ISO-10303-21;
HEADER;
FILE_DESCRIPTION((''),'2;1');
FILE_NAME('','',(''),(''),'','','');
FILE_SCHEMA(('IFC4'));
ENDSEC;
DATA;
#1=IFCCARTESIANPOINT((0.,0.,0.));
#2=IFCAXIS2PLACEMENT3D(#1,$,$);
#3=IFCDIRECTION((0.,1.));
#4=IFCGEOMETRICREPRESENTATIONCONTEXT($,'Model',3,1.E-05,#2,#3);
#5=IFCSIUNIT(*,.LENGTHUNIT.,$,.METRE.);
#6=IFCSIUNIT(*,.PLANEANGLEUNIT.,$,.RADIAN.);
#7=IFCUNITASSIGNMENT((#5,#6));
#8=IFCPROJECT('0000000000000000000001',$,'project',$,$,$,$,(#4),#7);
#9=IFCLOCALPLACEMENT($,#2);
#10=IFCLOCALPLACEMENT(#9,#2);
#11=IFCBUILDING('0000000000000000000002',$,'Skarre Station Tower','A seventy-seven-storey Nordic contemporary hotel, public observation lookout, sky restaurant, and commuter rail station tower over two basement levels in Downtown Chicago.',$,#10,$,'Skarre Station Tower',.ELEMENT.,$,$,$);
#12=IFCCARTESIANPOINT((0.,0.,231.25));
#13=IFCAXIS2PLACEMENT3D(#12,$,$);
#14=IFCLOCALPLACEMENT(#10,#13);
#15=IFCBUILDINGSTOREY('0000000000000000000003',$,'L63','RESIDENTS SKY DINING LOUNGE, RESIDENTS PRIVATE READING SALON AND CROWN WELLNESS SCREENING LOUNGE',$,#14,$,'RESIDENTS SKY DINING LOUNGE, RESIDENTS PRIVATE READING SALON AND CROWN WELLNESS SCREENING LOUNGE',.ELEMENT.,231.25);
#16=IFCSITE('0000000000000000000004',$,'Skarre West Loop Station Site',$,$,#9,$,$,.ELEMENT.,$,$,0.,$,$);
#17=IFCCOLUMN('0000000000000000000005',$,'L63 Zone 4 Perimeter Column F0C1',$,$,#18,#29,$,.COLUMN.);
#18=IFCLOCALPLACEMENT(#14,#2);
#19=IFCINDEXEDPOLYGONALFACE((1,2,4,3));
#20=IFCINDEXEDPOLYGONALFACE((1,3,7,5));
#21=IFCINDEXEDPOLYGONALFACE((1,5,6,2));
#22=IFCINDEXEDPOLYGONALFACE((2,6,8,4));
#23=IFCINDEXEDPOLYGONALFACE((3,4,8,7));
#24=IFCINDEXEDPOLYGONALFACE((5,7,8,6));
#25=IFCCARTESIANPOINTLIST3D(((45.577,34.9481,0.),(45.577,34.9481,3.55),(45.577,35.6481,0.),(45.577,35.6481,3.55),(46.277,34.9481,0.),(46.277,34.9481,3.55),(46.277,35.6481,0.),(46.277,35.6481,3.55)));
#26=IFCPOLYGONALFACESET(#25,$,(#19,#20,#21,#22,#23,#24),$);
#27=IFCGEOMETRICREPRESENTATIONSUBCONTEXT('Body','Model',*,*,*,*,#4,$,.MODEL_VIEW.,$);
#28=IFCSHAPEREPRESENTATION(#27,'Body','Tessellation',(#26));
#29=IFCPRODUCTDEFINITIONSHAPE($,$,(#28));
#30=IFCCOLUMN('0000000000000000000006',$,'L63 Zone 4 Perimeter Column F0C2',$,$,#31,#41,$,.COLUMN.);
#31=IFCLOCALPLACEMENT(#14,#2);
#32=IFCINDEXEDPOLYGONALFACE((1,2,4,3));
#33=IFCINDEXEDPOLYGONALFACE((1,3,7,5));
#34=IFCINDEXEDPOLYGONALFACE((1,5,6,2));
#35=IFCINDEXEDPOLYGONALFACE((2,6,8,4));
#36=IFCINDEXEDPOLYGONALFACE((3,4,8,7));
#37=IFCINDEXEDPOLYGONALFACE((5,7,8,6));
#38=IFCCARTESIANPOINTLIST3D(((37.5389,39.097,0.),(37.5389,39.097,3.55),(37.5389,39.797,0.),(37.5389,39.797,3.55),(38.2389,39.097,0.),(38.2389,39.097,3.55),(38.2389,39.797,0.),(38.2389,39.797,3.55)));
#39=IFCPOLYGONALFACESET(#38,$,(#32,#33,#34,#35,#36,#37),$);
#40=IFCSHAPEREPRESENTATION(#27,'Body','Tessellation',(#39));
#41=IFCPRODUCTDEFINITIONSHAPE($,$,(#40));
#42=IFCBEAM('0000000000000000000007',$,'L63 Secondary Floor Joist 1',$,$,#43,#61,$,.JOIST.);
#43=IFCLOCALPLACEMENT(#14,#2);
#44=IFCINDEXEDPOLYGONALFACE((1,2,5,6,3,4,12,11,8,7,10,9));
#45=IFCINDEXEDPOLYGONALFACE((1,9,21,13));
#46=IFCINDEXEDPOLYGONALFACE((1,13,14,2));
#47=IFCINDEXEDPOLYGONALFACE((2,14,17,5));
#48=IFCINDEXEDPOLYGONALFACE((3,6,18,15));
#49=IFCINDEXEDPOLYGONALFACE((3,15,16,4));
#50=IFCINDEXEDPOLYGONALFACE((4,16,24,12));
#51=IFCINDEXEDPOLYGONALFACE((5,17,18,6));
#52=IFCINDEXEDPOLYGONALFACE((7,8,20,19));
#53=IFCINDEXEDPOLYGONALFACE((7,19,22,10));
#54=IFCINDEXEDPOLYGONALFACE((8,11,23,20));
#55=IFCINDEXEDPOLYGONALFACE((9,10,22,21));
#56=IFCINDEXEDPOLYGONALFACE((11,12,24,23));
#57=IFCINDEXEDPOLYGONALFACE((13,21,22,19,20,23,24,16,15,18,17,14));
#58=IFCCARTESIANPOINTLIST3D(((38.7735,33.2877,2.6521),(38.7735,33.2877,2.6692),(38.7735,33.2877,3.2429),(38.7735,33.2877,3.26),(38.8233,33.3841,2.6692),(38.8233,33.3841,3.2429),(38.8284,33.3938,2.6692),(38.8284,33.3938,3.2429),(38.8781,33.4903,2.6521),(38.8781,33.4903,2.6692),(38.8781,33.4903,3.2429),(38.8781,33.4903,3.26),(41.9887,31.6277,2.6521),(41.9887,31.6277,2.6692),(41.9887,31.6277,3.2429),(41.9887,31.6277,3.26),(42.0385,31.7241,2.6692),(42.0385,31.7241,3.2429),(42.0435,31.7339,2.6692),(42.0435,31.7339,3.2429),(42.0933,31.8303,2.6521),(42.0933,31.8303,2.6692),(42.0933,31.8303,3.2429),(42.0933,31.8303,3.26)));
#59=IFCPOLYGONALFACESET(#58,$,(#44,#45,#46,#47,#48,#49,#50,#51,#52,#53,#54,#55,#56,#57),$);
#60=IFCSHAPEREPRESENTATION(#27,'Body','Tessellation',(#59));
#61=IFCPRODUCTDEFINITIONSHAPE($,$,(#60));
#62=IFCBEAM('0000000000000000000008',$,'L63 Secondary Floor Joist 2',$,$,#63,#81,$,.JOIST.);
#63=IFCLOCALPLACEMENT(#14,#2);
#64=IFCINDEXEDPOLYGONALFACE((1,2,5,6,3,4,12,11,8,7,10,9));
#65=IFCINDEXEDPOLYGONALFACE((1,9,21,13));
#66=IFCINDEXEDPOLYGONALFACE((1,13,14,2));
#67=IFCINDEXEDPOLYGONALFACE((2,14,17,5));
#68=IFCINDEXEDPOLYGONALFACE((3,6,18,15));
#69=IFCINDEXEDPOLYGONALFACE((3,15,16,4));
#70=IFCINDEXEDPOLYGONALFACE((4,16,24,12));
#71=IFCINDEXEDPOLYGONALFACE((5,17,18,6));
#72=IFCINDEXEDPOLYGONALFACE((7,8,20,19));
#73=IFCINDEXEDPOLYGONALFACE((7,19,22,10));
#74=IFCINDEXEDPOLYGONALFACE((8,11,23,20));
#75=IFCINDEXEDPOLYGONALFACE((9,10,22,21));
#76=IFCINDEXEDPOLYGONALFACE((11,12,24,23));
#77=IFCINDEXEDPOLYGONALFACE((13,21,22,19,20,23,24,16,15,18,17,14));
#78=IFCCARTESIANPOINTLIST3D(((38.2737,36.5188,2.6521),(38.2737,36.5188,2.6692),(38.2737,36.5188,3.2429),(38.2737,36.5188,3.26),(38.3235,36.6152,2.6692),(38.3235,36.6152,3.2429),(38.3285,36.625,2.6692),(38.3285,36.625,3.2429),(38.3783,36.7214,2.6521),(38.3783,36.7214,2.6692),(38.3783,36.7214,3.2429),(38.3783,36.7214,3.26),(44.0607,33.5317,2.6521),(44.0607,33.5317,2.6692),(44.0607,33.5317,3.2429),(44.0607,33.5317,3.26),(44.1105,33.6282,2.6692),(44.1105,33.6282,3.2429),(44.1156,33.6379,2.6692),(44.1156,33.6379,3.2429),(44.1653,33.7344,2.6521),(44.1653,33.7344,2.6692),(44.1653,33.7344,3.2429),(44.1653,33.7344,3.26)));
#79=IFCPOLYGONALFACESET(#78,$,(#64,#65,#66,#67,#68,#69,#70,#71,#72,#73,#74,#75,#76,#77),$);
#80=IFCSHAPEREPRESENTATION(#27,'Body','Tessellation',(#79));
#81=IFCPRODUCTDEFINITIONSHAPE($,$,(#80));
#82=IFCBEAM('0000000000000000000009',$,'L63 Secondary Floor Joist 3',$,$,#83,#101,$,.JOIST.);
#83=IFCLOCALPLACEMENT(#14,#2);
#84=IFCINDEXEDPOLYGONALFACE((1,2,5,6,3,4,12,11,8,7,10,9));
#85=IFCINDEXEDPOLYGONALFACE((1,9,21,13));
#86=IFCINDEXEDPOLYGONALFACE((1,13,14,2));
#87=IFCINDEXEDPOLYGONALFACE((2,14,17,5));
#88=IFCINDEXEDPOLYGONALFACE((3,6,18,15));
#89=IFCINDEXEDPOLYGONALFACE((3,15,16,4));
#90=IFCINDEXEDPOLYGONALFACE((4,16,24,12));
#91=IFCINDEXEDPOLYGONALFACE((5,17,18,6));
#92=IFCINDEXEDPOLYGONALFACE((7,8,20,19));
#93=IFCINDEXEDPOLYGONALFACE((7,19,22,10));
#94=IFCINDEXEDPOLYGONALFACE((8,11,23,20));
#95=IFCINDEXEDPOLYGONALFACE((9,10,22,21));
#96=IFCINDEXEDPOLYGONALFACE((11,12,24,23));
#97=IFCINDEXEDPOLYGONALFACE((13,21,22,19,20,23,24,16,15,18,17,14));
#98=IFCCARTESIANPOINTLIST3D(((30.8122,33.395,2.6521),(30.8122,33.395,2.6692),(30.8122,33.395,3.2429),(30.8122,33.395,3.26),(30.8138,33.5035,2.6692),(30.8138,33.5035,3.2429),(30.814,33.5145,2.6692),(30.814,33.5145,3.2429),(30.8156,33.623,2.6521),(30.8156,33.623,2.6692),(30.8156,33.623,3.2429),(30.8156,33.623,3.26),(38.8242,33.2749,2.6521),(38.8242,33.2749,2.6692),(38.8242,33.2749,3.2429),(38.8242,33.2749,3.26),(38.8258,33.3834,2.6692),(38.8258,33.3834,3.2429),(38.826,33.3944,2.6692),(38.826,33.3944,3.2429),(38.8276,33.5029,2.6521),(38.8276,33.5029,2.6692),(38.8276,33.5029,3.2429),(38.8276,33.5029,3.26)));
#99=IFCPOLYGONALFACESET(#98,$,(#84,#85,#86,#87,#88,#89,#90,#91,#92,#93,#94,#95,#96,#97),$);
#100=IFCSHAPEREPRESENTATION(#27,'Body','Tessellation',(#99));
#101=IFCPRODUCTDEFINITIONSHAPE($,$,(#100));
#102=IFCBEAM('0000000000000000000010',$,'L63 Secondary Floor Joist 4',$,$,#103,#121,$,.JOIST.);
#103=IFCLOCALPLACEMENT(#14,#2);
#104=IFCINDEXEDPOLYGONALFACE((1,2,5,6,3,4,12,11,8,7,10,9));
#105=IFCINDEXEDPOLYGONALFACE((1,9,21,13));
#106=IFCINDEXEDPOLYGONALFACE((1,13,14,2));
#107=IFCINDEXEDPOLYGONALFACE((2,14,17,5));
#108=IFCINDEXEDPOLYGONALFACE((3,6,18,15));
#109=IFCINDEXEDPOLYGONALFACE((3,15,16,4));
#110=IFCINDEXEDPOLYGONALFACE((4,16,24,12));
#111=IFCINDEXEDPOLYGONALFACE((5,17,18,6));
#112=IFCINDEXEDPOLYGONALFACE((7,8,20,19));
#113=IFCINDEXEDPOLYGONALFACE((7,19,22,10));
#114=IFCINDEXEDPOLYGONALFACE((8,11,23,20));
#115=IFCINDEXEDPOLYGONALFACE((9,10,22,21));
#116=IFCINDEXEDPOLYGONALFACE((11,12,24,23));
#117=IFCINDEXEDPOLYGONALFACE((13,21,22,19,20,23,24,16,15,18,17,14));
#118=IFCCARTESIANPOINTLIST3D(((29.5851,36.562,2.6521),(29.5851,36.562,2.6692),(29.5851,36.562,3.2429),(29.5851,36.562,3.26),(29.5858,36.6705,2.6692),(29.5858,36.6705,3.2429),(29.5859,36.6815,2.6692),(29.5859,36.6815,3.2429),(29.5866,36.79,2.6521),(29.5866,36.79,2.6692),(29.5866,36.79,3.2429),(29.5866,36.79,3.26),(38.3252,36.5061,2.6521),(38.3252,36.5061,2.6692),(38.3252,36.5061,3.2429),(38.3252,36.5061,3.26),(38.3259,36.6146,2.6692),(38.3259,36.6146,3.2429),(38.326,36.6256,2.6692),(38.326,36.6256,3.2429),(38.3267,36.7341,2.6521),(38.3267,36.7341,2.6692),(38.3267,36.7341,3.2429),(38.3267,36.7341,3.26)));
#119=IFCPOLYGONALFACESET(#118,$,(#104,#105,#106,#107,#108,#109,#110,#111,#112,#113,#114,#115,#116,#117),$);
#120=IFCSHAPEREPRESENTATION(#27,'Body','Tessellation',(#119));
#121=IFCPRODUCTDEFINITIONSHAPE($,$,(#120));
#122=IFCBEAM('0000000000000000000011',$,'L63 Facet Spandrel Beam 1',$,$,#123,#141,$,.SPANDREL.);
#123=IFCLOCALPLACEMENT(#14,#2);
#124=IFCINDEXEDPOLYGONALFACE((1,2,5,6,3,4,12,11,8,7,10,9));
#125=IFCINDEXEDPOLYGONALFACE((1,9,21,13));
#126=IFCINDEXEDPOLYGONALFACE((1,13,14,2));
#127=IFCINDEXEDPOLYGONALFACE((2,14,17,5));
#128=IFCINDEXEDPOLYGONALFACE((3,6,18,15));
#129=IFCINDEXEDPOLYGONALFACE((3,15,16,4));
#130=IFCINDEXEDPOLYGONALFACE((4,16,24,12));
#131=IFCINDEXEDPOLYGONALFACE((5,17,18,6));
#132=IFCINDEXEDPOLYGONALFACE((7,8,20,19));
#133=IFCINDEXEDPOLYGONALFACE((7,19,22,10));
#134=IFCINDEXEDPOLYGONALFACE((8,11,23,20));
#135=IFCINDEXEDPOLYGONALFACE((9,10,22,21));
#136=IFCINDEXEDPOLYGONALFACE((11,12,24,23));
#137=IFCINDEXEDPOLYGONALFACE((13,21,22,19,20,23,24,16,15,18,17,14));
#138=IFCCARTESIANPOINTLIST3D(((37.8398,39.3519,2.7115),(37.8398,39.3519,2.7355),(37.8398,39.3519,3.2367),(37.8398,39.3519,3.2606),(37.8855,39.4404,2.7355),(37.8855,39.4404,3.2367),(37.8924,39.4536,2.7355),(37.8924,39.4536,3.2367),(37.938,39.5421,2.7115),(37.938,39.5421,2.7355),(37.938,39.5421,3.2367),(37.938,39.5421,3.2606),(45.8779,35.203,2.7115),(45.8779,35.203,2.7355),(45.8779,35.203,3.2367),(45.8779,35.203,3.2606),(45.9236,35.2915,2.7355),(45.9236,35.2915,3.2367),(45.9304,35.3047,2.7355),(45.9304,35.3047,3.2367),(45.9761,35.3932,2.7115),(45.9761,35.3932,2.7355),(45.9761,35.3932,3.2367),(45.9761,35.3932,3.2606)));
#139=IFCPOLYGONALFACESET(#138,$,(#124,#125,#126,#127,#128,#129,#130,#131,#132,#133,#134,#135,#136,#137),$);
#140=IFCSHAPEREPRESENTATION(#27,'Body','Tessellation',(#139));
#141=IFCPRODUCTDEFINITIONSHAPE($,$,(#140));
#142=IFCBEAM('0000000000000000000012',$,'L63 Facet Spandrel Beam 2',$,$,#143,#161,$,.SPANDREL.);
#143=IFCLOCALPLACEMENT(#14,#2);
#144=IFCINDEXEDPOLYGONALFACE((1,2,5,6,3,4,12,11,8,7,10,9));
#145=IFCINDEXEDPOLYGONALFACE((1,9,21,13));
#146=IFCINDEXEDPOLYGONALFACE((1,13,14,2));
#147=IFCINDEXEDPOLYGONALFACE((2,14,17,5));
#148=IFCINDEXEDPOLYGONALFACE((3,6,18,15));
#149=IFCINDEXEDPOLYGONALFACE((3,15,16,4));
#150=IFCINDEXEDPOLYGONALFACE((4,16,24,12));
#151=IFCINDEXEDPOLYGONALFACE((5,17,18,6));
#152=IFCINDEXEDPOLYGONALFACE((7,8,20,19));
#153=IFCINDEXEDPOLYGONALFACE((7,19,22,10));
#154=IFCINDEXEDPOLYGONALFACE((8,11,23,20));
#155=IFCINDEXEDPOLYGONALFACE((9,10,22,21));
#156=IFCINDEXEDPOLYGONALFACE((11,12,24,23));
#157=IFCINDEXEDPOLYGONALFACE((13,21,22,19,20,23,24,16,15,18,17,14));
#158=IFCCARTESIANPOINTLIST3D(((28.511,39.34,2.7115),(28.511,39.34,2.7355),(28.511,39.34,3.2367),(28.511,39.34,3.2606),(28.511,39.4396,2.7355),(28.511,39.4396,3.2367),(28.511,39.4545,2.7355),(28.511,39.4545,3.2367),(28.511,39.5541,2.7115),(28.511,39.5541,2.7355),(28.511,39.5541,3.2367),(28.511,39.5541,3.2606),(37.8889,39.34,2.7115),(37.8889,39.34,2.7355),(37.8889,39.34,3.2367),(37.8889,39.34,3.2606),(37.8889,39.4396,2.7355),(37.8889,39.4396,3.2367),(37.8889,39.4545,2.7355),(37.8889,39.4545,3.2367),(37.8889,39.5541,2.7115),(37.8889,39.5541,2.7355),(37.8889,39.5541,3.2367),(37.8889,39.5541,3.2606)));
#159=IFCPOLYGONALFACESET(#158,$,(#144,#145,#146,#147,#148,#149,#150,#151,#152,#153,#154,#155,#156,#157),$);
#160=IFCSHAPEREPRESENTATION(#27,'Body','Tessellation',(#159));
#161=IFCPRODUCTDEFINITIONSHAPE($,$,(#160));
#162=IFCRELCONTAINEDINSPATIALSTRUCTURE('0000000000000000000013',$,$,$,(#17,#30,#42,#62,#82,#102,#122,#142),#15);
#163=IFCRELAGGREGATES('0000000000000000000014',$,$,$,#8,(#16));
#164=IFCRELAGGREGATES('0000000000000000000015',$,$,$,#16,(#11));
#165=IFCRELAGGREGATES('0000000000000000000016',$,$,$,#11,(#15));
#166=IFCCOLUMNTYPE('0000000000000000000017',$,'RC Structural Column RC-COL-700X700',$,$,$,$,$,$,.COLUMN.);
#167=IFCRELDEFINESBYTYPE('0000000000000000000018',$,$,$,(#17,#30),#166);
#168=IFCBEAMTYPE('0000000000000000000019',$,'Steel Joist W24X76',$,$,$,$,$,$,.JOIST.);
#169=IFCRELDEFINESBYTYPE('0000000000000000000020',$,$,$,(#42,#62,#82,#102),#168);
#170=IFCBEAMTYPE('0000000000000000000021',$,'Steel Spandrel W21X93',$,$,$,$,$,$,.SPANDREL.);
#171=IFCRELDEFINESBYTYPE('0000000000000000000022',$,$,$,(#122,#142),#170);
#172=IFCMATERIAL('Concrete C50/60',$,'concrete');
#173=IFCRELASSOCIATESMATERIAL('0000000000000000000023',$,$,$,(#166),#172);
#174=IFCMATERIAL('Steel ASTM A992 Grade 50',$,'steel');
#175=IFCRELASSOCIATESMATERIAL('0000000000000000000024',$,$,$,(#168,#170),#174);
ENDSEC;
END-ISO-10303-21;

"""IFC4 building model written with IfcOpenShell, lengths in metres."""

from ifc_helpers import new_model, si_unit, direction, frame, origin, origin_2d, place, context, subcontext, project, spatial, rectangle, i_section, extrude, material, material_profile, profile_set, type_object, element, save


model = new_model("IFC4")

# Units and contexts
model_context = context("Model", 3, precision=1e-05, world=origin(), true_north=direction((0.0, 1.0)))
body_context = subcontext(model_context, "Body", "Model", "MODEL_VIEW")
ifc_project = project(units=[si_unit("LENGTHUNIT", "METRE"), si_unit("PLANEANGLEUNIT", "RADIAN")], contexts=[model_context])

# Site, building, storey
site_placement = place(None, origin())
site = spatial("IfcSite", under=ifc_project, at=site_placement, Name="Skarre West Loop Station Site", CompositionType="ELEMENT", RefElevation=0.0)
building_placement = place(site_placement, origin())
building = spatial("IfcBuilding", under=site, at=building_placement, Name="Skarre Station Tower", Description="A seventy-seven-storey Nordic contemporary hotel, public observation lookout, sky restaurant, and commuter rail station tower over two basement levels in Downtown Chicago.", LongName="Skarre Station Tower", CompositionType="ELEMENT")
storey_placement = place(building_placement, frame((0.0, 0.0, 231.25)))
storey = spatial("IfcBuildingStorey", under=building, at=storey_placement, Name="L63", Description="RESIDENTS SKY DINING LOUNGE, RESIDENTS PRIVATE READING SALON AND CROWN WELLNESS SCREENING LOUNGE", LongName="RESIDENTS SKY DINING LOUNGE, RESIDENTS PRIVATE READING SALON AND CROWN WELLNESS SCREENING LOUNGE", CompositionType="ELEMENT", Elevation=231.25)

# Columns
ifc_material_1 = material(Name="Concrete C50/60", Category="concrete")
ifc_material_profile_1 = material_profile(ifc_material_1, rectangle(XDim=0.7, YDim=0.7, at=origin_2d()), Name="Concrete C50/60")
ifc_profile_set_1 = profile_set([ifc_material_profile_1], Name="Concrete C50/60")
column_type = type_object("IfcColumnType", Name="RC Structural Column RC-COL-700X700", PredefinedType="COLUMN", material=ifc_profile_set_1)
for number, where, z_axis, x_axis, name in (
    (1, (45.927, 35.2981, 0.0), (0.0, 0.0, 1.0), (1.0, 0.0, 0.0), "L63 Zone 4 Perimeter Column F0C1"),
    (2, (37.8889, 39.447, 0.0), (0.0, 0.0, 1.0), (1.0, 0.0, 0.0), "L63 Zone 4 Perimeter Column F0C2"),
):
    element("IfcColumn", number, at=place(storey_placement, frame(where, z_axis=z_axis, x_axis=x_axis)), inside=storey, type_object=column_type, Name=name, PredefinedType="COLUMN", context=body_context, shape_type="SweptSolid", body=[
        extrude(rectangle(XDim=0.7, YDim=0.7, at=origin_2d()), origin(), (0.0, 0.0, 1.0), 3.55),
    ])

# Beams
ifc_material_2 = material(Name="Steel ASTM A992 Grade 50", Category="steel")
ifc_material_profile_2 = material_profile(ifc_material_2, i_section(OverallWidth=0.228, OverallDepth=0.6079, WebThickness=0.011, FlangeThickness=0.0171, at=origin_2d()), Name="Steel ASTM A992 Grade 50")
ifc_profile_set_2 = profile_set([ifc_material_profile_2], Name="Steel ASTM A992 Grade 50")
beam_type_1 = type_object("IfcBeamType", Name="Steel Joist W24X76", PredefinedType="JOIST", material=ifc_profile_set_2)
beam_1_placement = place(storey_placement, frame((42.041, 31.729, 2.9561), z_axis=(-0.888563, 0.458755, 0.0), x_axis=(-0.458755, -0.888563, 0.0)))
element("IfcBeam", 3, at=beam_1_placement, inside=storey, type_object=beam_type_1, Name="L63 Secondary Floor Joist 1", PredefinedType="JOIST", context=body_context, shape_type="SweptSolid", body=[
    extrude(i_section(OverallWidth=0.228, OverallDepth=0.6079, WebThickness=0.011, FlangeThickness=0.0171, at=origin_2d()), origin(), (0.0, 0.0, 1.0), 3.6184),
])
beam_2_placement = place(storey_placement, frame((44.113, 33.6331, 2.9561), z_axis=(-0.88861, 0.458663, 0.0), x_axis=(-0.458663, -0.88861, 0.0)))
element("IfcBeam", 4, at=beam_2_placement, inside=storey, type_object=beam_type_1, Name="L63 Secondary Floor Joist 2", PredefinedType="JOIST", context=body_context, shape_type="SweptSolid", body=[
    extrude(i_section(OverallWidth=0.228, OverallDepth=0.6079, WebThickness=0.011, FlangeThickness=0.0171, at=origin_2d()), origin(), (0.0, 0.0, 1.0), 6.5125),
])
beam_3_placement = place(storey_placement, frame((38.8259, 33.3889, 2.9561), z_axis=(-0.999888, 0.014991, 0.0), x_axis=(-0.014991, -0.999888, 0.0)))
element("IfcBeam", 5, at=beam_3_placement, inside=storey, type_object=beam_type_1, Name="L63 Secondary Floor Joist 3", PredefinedType="JOIST", context=body_context, shape_type="SweptSolid", body=[
    extrude(i_section(OverallWidth=0.228, OverallDepth=0.6079, WebThickness=0.011, FlangeThickness=0.0171, at=origin_2d()), origin(), (0.0, 0.0, 1.0), 8.0129),
])
beam_4_placement = place(storey_placement, frame((38.3259, 36.6201, 2.9561), z_axis=(-0.99998, 0.006397, 0.0), x_axis=(-0.006397, -0.99998, 0.0)))
element("IfcBeam", 6, at=beam_4_placement, inside=storey, type_object=beam_type_1, Name="L63 Secondary Floor Joist 4", PredefinedType="JOIST", context=body_context, shape_type="SweptSolid", body=[
    extrude(i_section(OverallWidth=0.228, OverallDepth=0.6079, WebThickness=0.011, FlangeThickness=0.0171, at=origin_2d()), origin(), (0.0, 0.0, 1.0), 8.7402),
])
ifc_material_profile_3 = material_profile(ifc_material_2, i_section(OverallWidth=0.2141, OverallDepth=0.5491, WebThickness=0.0149, FlangeThickness=0.0239, at=origin_2d()), Name="Steel ASTM A992 Grade 50")
ifc_profile_set_3 = profile_set([ifc_material_profile_3], Name="Steel ASTM A992 Grade 50")
beam_type_2 = type_object("IfcBeamType", Name="Steel Spandrel W21X93", PredefinedType="SPANDREL", material=ifc_profile_set_3)
beam_5_placement = place(storey_placement, frame((45.927, 35.2981, 2.9861), z_axis=(-0.88861, 0.458664, 0.0), x_axis=(-0.458664, -0.88861, 0.0)))
element("IfcBeam", 7, at=beam_5_placement, inside=storey, type_object=beam_type_2, Name="L63 Facet Spandrel Beam 1", PredefinedType="SPANDREL", context=body_context, shape_type="SweptSolid", body=[
    extrude(i_section(OverallWidth=0.2141, OverallDepth=0.5491, WebThickness=0.0149, FlangeThickness=0.0239, at=origin_2d()), origin(), (0.0, 0.0, 1.0), 9.0457),
])
beam_6_placement = place(storey_placement, frame((37.8889, 39.447, 2.9861), z_axis=(-1.0, 0.0, 0.0), x_axis=(0.0, -1.0, 0.0)))
element("IfcBeam", 8, at=beam_6_placement, inside=storey, type_object=beam_type_2, Name="L63 Facet Spandrel Beam 2", PredefinedType="SPANDREL", context=body_context, shape_type="SweptSolid", body=[
    extrude(i_section(OverallWidth=0.2141, OverallDepth=0.5491, WebThickness=0.0149, FlangeThickness=0.0239, at=origin_2d()), origin(), (0.0, 0.0, 1.0), 9.3779),
])

save(model, "model.ifc")
